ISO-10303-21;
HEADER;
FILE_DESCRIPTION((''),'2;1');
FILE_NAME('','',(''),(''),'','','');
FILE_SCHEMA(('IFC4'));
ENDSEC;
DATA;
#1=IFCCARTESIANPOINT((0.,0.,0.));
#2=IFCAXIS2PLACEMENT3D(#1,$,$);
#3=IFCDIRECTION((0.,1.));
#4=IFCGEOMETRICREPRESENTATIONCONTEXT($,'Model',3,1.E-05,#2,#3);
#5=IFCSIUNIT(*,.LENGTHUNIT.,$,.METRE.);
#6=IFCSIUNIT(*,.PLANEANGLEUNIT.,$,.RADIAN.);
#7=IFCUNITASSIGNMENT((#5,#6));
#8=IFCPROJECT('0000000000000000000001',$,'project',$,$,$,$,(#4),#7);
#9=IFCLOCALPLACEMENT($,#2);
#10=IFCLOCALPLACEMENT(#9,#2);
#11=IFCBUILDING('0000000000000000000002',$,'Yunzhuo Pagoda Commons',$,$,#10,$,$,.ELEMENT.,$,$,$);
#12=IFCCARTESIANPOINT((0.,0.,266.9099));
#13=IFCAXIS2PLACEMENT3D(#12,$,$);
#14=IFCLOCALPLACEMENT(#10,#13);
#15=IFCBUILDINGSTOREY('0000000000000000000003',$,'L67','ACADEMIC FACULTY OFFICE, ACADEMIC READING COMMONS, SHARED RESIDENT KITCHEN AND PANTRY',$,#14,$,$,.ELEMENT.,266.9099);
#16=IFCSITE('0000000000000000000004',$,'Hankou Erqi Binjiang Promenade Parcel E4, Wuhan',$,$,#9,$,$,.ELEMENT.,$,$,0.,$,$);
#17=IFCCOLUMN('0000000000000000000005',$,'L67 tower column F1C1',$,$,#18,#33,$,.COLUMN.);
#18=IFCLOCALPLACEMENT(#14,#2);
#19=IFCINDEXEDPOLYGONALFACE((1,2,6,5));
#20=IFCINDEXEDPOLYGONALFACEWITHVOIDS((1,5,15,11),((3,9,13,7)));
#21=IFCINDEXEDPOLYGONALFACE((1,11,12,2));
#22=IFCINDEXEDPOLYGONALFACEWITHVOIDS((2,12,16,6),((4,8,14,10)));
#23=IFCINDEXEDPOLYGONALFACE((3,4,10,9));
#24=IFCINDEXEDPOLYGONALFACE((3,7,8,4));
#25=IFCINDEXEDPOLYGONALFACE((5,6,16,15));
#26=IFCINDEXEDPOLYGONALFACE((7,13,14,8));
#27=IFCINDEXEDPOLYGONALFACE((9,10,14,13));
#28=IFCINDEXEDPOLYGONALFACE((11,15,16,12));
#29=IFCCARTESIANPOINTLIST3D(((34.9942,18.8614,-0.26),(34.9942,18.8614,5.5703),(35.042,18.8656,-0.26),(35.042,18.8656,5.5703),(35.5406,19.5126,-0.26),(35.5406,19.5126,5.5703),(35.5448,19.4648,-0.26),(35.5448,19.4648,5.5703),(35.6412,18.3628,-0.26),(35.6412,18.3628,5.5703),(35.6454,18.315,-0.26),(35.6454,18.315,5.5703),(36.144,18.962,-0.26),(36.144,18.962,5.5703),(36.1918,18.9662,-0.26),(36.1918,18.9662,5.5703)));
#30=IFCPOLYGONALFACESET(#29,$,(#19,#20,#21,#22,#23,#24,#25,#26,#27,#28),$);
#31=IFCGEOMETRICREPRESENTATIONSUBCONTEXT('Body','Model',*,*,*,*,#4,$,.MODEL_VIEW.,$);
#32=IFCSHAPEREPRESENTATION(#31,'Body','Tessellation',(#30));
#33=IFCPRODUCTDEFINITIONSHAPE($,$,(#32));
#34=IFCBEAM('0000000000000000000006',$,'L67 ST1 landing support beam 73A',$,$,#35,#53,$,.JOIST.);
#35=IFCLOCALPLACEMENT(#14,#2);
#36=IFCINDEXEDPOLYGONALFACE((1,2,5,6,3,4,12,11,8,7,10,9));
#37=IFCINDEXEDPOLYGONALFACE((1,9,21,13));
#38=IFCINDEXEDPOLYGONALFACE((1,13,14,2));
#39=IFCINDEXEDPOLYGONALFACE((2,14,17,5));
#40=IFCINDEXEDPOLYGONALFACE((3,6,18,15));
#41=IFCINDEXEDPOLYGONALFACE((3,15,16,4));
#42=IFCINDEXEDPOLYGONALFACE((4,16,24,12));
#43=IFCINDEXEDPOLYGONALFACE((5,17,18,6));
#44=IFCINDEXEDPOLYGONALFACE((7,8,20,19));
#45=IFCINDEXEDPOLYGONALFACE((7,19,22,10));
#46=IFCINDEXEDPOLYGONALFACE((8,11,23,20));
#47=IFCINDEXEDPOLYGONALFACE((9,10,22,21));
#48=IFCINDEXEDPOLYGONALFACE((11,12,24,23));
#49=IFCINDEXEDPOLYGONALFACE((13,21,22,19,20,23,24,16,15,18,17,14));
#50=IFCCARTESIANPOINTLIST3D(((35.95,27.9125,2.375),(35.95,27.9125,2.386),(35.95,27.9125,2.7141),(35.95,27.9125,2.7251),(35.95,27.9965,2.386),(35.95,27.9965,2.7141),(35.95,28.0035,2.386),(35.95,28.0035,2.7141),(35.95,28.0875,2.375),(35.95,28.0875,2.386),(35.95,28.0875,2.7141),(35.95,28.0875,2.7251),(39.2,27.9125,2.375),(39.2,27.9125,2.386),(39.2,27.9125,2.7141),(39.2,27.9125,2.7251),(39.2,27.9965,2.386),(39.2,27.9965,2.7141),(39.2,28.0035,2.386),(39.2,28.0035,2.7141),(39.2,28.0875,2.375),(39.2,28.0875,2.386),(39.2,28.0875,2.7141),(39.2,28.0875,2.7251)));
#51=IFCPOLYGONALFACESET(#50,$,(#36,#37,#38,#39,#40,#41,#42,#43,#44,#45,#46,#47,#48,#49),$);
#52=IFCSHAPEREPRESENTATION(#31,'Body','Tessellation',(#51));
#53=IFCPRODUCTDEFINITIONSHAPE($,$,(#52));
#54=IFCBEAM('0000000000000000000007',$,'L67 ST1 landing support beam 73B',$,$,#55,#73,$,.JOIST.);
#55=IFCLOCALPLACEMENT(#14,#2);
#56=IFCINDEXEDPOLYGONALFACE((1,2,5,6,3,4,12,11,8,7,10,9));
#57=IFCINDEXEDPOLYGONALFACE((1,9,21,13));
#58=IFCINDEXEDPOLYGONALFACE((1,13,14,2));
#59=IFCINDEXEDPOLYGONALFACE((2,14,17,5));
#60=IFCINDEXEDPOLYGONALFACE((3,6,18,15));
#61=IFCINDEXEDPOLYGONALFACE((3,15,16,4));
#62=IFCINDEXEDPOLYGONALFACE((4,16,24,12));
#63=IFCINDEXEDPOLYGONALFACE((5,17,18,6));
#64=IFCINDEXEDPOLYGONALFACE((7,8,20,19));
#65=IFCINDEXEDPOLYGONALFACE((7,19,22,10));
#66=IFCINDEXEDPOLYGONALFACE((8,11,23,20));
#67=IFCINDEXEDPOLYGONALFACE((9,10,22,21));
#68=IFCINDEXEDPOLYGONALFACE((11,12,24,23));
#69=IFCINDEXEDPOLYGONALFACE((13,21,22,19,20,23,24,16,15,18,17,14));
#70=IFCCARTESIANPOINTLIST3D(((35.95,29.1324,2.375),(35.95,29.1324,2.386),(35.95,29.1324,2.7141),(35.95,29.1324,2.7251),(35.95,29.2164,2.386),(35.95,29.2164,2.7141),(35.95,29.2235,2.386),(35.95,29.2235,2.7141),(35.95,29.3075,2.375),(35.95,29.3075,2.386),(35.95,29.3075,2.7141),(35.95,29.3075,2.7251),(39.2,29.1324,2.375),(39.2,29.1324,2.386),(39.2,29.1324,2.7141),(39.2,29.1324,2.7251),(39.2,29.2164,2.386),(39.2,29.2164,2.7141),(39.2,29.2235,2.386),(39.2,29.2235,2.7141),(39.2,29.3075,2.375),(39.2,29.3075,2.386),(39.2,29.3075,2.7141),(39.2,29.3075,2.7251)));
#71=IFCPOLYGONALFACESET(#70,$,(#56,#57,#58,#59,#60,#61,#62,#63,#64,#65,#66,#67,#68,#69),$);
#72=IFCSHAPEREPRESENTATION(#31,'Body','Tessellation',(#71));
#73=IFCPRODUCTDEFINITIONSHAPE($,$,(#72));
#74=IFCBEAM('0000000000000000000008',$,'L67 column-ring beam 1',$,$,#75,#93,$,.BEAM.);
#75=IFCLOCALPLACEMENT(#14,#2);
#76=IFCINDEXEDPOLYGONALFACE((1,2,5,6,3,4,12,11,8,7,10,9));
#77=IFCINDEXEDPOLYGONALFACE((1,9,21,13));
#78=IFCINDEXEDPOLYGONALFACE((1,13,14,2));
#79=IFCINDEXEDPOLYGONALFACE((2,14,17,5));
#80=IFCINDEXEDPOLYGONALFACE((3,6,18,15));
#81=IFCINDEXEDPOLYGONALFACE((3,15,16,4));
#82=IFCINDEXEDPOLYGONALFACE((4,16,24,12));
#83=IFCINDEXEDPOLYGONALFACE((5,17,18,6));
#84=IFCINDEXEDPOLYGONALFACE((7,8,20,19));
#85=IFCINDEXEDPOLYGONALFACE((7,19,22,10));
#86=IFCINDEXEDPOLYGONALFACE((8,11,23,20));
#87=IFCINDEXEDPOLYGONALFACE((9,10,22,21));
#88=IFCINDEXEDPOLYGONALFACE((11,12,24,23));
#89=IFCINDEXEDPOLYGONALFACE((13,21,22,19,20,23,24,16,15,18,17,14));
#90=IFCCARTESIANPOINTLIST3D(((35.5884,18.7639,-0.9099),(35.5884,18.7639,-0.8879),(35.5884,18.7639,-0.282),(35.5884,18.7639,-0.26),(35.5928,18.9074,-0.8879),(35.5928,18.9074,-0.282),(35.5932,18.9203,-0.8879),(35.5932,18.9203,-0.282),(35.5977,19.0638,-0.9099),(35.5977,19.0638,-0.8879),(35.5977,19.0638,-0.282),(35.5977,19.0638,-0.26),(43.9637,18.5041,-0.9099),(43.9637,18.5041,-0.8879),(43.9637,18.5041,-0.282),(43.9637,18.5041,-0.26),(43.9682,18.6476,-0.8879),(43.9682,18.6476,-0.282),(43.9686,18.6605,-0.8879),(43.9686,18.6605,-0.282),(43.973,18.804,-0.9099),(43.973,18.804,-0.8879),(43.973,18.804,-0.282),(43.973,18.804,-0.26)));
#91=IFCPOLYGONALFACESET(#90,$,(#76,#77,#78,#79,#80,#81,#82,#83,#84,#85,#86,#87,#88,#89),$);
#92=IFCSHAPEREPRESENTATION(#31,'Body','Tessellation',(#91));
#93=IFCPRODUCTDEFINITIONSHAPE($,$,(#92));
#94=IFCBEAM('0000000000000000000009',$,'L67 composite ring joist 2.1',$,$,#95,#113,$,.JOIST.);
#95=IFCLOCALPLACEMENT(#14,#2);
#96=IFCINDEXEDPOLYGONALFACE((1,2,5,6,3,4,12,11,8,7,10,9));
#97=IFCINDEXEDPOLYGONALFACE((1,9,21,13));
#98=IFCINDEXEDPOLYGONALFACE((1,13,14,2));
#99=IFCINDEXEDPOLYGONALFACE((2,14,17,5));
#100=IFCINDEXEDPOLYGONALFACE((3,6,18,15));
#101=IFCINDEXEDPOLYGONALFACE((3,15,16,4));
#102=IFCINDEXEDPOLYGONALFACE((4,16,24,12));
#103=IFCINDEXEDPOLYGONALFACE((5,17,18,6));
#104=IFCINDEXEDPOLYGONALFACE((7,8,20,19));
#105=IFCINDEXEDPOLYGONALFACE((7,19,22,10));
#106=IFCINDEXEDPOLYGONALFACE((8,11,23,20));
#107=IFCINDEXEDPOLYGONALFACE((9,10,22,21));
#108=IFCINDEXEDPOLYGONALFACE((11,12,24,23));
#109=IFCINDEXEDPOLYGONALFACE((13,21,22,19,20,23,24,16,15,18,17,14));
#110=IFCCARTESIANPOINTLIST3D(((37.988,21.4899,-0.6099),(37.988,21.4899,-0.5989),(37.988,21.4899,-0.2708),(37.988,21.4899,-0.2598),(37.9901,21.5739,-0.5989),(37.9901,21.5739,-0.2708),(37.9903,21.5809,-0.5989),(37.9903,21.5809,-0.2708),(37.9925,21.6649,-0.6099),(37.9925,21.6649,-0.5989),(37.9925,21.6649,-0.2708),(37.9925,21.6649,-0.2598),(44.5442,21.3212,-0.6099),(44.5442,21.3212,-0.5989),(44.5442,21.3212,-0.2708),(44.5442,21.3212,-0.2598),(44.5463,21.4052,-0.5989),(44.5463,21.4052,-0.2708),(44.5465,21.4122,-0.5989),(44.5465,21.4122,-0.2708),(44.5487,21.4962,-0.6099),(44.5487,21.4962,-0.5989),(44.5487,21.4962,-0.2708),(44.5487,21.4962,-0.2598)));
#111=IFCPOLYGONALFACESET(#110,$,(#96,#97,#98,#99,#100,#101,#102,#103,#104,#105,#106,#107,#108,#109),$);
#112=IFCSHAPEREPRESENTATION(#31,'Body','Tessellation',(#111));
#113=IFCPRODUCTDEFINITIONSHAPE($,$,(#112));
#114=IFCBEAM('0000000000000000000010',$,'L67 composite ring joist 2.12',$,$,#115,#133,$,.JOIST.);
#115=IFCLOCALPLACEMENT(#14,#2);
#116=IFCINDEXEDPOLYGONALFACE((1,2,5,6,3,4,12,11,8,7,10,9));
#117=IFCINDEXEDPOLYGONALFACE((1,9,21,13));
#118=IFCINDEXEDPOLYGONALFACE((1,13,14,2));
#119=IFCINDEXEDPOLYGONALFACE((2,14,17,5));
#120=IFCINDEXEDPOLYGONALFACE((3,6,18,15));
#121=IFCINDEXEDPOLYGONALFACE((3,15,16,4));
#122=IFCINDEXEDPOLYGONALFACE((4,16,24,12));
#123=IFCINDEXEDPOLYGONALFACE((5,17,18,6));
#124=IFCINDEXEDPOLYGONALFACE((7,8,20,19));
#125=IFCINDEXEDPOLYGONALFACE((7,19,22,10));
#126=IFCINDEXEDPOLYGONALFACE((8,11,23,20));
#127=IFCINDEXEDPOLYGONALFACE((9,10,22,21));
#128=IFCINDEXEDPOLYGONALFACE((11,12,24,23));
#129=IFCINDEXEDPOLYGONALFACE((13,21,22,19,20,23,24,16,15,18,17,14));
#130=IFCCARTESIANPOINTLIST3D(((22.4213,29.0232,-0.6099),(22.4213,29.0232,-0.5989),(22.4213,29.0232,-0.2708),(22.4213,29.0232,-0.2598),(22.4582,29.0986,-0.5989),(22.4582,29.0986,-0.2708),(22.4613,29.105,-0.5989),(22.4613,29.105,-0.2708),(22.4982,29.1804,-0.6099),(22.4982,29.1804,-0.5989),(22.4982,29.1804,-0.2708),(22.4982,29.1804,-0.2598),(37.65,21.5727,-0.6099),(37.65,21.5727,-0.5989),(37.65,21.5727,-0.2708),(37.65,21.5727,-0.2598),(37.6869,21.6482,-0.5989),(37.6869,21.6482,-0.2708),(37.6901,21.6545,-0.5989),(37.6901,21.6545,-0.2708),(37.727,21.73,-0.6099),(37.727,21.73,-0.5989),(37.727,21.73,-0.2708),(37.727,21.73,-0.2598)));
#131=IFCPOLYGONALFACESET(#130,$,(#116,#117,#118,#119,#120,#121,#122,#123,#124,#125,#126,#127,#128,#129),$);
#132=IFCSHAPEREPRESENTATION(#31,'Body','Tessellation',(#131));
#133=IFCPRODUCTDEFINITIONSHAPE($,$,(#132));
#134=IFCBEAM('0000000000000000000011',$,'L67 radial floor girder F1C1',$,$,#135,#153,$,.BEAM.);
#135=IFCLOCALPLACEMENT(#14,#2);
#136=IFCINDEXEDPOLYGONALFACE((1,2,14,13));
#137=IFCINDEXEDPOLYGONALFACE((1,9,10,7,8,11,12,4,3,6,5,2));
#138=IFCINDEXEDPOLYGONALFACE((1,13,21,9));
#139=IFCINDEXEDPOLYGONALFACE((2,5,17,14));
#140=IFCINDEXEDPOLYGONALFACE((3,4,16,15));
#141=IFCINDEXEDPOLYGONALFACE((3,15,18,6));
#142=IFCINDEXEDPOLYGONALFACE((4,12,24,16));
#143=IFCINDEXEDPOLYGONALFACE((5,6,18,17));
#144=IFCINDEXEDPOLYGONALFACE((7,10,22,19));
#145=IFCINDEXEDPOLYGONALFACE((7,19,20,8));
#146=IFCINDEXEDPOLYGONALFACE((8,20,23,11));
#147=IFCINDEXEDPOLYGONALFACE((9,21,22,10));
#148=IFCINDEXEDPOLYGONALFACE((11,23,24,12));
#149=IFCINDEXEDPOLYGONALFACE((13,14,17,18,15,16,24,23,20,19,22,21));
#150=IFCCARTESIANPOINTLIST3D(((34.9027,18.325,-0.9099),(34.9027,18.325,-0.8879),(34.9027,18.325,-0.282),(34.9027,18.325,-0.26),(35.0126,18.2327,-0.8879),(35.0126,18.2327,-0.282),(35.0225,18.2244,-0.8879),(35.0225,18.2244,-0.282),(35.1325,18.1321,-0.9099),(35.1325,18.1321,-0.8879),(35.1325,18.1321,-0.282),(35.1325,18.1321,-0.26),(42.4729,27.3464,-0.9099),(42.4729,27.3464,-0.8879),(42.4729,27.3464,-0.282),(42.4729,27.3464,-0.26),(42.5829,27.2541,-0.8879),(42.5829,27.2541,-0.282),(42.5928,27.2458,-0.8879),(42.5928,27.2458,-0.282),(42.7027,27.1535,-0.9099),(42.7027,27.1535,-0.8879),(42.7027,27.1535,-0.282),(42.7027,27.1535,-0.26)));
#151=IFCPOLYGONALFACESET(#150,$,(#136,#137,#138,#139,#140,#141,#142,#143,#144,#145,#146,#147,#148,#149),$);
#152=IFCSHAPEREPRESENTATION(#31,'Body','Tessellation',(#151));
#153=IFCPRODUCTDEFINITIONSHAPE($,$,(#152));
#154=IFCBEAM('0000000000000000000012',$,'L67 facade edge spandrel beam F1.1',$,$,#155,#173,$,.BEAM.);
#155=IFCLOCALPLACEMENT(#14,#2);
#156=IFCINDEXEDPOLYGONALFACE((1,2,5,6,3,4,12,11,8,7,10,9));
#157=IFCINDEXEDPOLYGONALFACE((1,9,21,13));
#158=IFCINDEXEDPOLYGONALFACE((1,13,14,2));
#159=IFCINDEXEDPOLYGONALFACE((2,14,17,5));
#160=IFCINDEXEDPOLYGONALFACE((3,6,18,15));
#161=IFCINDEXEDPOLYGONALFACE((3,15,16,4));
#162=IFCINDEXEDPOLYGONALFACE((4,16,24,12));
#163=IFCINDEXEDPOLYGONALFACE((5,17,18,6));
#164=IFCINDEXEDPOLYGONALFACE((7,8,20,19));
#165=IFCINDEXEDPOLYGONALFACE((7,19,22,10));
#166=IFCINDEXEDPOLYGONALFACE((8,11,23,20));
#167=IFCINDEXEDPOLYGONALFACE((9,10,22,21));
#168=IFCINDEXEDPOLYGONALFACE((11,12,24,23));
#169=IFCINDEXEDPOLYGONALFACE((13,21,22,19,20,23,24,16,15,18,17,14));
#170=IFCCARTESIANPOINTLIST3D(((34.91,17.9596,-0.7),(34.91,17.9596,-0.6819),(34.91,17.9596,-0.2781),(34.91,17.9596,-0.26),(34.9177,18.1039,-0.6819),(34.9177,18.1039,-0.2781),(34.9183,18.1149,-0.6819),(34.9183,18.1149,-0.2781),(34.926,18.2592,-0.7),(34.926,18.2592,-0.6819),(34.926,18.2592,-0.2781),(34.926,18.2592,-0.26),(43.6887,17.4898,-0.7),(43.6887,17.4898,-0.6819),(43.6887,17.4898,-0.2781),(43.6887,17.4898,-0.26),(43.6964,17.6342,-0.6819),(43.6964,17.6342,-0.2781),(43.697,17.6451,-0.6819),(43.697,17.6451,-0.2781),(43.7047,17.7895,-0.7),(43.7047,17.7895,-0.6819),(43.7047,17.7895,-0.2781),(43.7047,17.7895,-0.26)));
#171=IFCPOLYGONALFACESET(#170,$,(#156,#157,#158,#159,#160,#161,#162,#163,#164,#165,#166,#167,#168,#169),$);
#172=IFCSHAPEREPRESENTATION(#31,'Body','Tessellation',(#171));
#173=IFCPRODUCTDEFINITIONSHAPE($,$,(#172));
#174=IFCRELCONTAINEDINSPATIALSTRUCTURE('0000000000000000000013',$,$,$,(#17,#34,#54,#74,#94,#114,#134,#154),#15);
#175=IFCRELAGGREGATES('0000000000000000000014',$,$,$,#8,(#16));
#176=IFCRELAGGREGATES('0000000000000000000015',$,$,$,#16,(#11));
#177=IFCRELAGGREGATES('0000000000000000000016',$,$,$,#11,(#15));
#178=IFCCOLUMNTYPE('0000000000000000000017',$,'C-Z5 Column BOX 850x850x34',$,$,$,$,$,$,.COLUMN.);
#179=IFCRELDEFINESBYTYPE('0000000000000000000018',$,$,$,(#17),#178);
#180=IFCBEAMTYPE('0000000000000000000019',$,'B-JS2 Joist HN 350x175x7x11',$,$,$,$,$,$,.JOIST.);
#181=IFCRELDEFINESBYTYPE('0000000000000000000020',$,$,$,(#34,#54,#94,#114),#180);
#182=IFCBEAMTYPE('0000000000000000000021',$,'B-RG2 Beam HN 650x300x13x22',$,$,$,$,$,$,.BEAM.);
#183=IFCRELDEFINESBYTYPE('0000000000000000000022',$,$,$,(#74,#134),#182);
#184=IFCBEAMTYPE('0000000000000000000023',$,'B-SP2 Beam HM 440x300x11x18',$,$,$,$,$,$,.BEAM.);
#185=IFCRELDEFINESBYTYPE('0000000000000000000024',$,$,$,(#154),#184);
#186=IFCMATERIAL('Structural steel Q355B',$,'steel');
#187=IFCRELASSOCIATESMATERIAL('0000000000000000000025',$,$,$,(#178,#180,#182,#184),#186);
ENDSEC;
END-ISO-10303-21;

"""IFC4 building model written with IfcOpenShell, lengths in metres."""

from ifc_helpers import new_model, si_unit, direction, frame, origin, origin_2d, place, context, subcontext, project, spatial, hollow_rectangle, i_section, extrude, source, transform, mapped, material, material_profile, profile_set, type_object, element, save


model = new_model("IFC4")

# Units and contexts
model_context = context("Model", 3, precision=1e-05, world=origin(), true_north=direction((0.0, 1.0)))
body_context = subcontext(model_context, "Body", "Model", "MODEL_VIEW")
ifc_project = project(units=[si_unit("LENGTHUNIT", "METRE"), si_unit("PLANEANGLEUNIT", "RADIAN")], contexts=[model_context])

# Site, building, storey
site_placement = place(None, origin())
site = spatial("IfcSite", under=ifc_project, at=site_placement, Name="Hankou Erqi Binjiang Promenade Parcel E4, Wuhan", CompositionType="ELEMENT", RefElevation=0.0)
building_placement = place(site_placement, origin())
building = spatial("IfcBuilding", under=site, at=building_placement, Name="Yunzhuo Pagoda Commons", CompositionType="ELEMENT")
storey_placement = place(building_placement, frame((0.0, 0.0, 266.9099)))
storey = spatial("IfcBuildingStorey", under=building, at=storey_placement, Name="L67", Description="ACADEMIC FACULTY OFFICE, ACADEMIC READING COMMONS, SHARED RESIDENT KITCHEN AND PANTRY", CompositionType="ELEMENT", Elevation=266.9099)

# Column
ifc_material_1 = material(Name="Structural steel Q355B", Category="steel")
ifc_material_profile_1 = material_profile(ifc_material_1, hollow_rectangle(XDim=0.8501, YDim=0.8501, WallThickness=0.0339, at=origin_2d()), Name="Structural steel Q355B")
ifc_profile_set_1 = profile_set([ifc_material_profile_1], Name="Structural steel Q355B")
column_type = type_object("IfcColumnType", Name="C-Z5 Column BOX 850x850x34", PredefinedType="COLUMN", material=ifc_profile_set_1)
shared_shape_1 = source(origin(), body_context, "Body", "SweptSolid", [
    extrude(hollow_rectangle(XDim=0.8501, YDim=0.8501, WallThickness=0.0339, at=origin_2d()), origin(), (0.0, 0.0, 1.0), 5.8303),
])
column_placement = place(storey_placement, frame((35.593, 18.9138, -0.26), z_axis=(0.0, 0.0, 1.0), x_axis=(0.766044, -0.642788, 0.0)))
element("IfcColumn", 1, at=column_placement, inside=storey, type_object=column_type, Name="L67 tower column F1C1", PredefinedType="COLUMN", context=body_context, shape_type="MappedRepresentation", body=[
    mapped(shared_shape_1, transform((0.0, 0.0, 0.0), scale=1.0)),
])

# Beams
ifc_material_profile_2 = material_profile(ifc_material_1, i_section(OverallWidth=0.175, OverallDepth=0.3501, WebThickness=0.0071, FlangeThickness=0.011, at=origin_2d()), Name="Structural steel Q355B")
ifc_profile_set_2 = profile_set([ifc_material_profile_2], Name="Structural steel Q355B")
beam_type_1 = type_object("IfcBeamType", Name="B-JS2 Joist HN 350x175x7x11", PredefinedType="JOIST", material=ifc_profile_set_2)
shared_shape_2 = source(origin(), body_context, "Body", "SweptSolid", [
    extrude(i_section(OverallWidth=0.175, OverallDepth=0.3501, WebThickness=0.0071, FlangeThickness=0.011, at=origin_2d()), origin(), (0.0, 0.0, 1.0), 3.25),
])
for number, where, z_axis, x_axis, name in (
    (2, (35.95, 28.0, 2.55), (1.0, 0.0, 0.0), (0.0, 1.0, 0.0), "L67 ST1 landing support beam 73A"),
    (3, (35.95, 29.22, 2.55), (1.0, 0.0, 0.0), (0.0, 1.0, 0.0), "L67 ST1 landing support beam 73B"),
):
    element("IfcBeam", number, at=place(storey_placement, frame(where, z_axis=z_axis, x_axis=x_axis)), inside=storey, type_object=beam_type_1, Name=name, PredefinedType="JOIST", context=body_context, shape_type="MappedRepresentation", body=[
        mapped(shared_shape_2, transform((0.0, 0.0, 0.0), scale=1.0)),
    ])
ifc_material_profile_3 = material_profile(ifc_material_1, i_section(OverallWidth=0.3, OverallDepth=0.6499, WebThickness=0.0129, FlangeThickness=0.022, at=origin_2d()), Name="Structural steel Q355B")
ifc_profile_set_3 = profile_set([ifc_material_profile_3], Name="Structural steel Q355B")
beam_type_2 = type_object("IfcBeamType", Name="B-RG2 Beam HN 650x300x13x22", PredefinedType="BEAM", material=ifc_profile_set_3)
shared_shape_3 = source(origin(), body_context, "Body", "SweptSolid", [
    extrude(i_section(OverallWidth=0.3, OverallDepth=0.6499, WebThickness=0.0129, FlangeThickness=0.022, at=origin_2d()), origin(), (0.0, 0.0, 1.0), 8.3794),
])
beam_1_placement = place(storey_placement, frame((35.593, 18.9138, -0.585), z_axis=(0.999519, -0.031, 0.0), x_axis=(0.031, 0.999519, 0.0)))
element("IfcBeam", 4, at=beam_1_placement, inside=storey, type_object=beam_type_2, Name="L67 column-ring beam 1", PredefinedType="BEAM", context=body_context, shape_type="MappedRepresentation", body=[
    mapped(shared_shape_3, transform((0.0, 0.0, 0.0), scale=1.0)),
])
shared_shape_4 = source(origin(), body_context, "Body", "SweptSolid", [
    extrude(i_section(OverallWidth=0.175, OverallDepth=0.3501, WebThickness=0.0071, FlangeThickness=0.011, at=origin_2d()), origin(), (0.0, 0.0, 1.0), 6.5583),
])
beam_2_placement = place(storey_placement, frame((37.9902, 21.5774, -0.4348), z_axis=(0.999669, -0.025723, 0.0), x_axis=(0.025723, 0.999669, 0.0)))
element("IfcBeam", 5, at=beam_2_placement, inside=storey, type_object=beam_type_1, Name="L67 composite ring joist 2.1", PredefinedType="JOIST", context=body_context, shape_type="MappedRepresentation", body=[
    mapped(shared_shape_4, transform((0.0, 0.0, 0.0), scale=1.0)),
])
shared_shape_5 = source(origin(), body_context, "Body", "SweptSolid", [
    extrude(i_section(OverallWidth=0.175, OverallDepth=0.3501, WebThickness=0.0071, FlangeThickness=0.011, at=origin_2d()), origin(), (0.0, 0.0, 1.0), 16.9536),
])
beam_3_placement = place(storey_placement, frame((22.4597, 29.1018, -0.4348), z_axis=(0.898262, -0.439461, 0.0), x_axis=(0.439461, 0.898262, 0.0)))
element("IfcBeam", 6, at=beam_3_placement, inside=storey, type_object=beam_type_1, Name="L67 composite ring joist 2.12", PredefinedType="JOIST", context=body_context, shape_type="MappedRepresentation", body=[
    mapped(shared_shape_5, transform((0.0, 0.0, 0.0), scale=1.0)),
])
shared_shape_6 = source(origin(), body_context, "Body", "SweptSolid", [
    extrude(i_section(OverallWidth=0.3, OverallDepth=0.6499, WebThickness=0.0129, FlangeThickness=0.022, at=origin_2d()), origin(), (0.0, 0.0, 1.0), 11.7769),
])
beam_4_placement = place(storey_placement, frame((35.0176, 18.2285, -0.585), z_axis=(0.642807, 0.766028, 0.0), x_axis=(-0.766028, 0.642807, 0.0)))
element("IfcBeam", 7, at=beam_4_placement, inside=storey, type_object=beam_type_2, Name="L67 radial floor girder F1C1", PredefinedType="BEAM", context=body_context, shape_type="MappedRepresentation", body=[
    mapped(shared_shape_6, transform((0.0, 0.0, 0.0), scale=1.0)),
])
ifc_material_profile_4 = material_profile(ifc_material_1, i_section(OverallWidth=0.3, OverallDepth=0.4399, WebThickness=0.011, FlangeThickness=0.0181, at=origin_2d()), Name="Structural steel Q355B")
ifc_profile_set_4 = profile_set([ifc_material_profile_4], Name="Structural steel Q355B")
beam_type_3 = type_object("IfcBeamType", Name="B-SP2 Beam HM 440x300x11x18", PredefinedType="BEAM", material=ifc_profile_set_4)
shared_shape_7 = source(origin(), body_context, "Body", "SweptSolid", [
    extrude(i_section(OverallWidth=0.3, OverallDepth=0.4399, WebThickness=0.011, FlangeThickness=0.0181, at=origin_2d()), origin(), (0.0, 0.0, 1.0), 8.7913),
])
beam_5_placement = place(storey_placement, frame((34.918, 18.1094, -0.48), z_axis=(0.998572, -0.05343, 0.0), x_axis=(0.05343, 0.998572, 0.0)))
element("IfcBeam", 8, at=beam_5_placement, inside=storey, type_object=beam_type_3, Name="L67 facade edge spandrel beam F1.1", PredefinedType="BEAM", context=body_context, shape_type="MappedRepresentation", body=[
    mapped(shared_shape_7, transform((0.0, 0.0, 0.0), scale=1.0)),
])

save(model, "model.ifc")
